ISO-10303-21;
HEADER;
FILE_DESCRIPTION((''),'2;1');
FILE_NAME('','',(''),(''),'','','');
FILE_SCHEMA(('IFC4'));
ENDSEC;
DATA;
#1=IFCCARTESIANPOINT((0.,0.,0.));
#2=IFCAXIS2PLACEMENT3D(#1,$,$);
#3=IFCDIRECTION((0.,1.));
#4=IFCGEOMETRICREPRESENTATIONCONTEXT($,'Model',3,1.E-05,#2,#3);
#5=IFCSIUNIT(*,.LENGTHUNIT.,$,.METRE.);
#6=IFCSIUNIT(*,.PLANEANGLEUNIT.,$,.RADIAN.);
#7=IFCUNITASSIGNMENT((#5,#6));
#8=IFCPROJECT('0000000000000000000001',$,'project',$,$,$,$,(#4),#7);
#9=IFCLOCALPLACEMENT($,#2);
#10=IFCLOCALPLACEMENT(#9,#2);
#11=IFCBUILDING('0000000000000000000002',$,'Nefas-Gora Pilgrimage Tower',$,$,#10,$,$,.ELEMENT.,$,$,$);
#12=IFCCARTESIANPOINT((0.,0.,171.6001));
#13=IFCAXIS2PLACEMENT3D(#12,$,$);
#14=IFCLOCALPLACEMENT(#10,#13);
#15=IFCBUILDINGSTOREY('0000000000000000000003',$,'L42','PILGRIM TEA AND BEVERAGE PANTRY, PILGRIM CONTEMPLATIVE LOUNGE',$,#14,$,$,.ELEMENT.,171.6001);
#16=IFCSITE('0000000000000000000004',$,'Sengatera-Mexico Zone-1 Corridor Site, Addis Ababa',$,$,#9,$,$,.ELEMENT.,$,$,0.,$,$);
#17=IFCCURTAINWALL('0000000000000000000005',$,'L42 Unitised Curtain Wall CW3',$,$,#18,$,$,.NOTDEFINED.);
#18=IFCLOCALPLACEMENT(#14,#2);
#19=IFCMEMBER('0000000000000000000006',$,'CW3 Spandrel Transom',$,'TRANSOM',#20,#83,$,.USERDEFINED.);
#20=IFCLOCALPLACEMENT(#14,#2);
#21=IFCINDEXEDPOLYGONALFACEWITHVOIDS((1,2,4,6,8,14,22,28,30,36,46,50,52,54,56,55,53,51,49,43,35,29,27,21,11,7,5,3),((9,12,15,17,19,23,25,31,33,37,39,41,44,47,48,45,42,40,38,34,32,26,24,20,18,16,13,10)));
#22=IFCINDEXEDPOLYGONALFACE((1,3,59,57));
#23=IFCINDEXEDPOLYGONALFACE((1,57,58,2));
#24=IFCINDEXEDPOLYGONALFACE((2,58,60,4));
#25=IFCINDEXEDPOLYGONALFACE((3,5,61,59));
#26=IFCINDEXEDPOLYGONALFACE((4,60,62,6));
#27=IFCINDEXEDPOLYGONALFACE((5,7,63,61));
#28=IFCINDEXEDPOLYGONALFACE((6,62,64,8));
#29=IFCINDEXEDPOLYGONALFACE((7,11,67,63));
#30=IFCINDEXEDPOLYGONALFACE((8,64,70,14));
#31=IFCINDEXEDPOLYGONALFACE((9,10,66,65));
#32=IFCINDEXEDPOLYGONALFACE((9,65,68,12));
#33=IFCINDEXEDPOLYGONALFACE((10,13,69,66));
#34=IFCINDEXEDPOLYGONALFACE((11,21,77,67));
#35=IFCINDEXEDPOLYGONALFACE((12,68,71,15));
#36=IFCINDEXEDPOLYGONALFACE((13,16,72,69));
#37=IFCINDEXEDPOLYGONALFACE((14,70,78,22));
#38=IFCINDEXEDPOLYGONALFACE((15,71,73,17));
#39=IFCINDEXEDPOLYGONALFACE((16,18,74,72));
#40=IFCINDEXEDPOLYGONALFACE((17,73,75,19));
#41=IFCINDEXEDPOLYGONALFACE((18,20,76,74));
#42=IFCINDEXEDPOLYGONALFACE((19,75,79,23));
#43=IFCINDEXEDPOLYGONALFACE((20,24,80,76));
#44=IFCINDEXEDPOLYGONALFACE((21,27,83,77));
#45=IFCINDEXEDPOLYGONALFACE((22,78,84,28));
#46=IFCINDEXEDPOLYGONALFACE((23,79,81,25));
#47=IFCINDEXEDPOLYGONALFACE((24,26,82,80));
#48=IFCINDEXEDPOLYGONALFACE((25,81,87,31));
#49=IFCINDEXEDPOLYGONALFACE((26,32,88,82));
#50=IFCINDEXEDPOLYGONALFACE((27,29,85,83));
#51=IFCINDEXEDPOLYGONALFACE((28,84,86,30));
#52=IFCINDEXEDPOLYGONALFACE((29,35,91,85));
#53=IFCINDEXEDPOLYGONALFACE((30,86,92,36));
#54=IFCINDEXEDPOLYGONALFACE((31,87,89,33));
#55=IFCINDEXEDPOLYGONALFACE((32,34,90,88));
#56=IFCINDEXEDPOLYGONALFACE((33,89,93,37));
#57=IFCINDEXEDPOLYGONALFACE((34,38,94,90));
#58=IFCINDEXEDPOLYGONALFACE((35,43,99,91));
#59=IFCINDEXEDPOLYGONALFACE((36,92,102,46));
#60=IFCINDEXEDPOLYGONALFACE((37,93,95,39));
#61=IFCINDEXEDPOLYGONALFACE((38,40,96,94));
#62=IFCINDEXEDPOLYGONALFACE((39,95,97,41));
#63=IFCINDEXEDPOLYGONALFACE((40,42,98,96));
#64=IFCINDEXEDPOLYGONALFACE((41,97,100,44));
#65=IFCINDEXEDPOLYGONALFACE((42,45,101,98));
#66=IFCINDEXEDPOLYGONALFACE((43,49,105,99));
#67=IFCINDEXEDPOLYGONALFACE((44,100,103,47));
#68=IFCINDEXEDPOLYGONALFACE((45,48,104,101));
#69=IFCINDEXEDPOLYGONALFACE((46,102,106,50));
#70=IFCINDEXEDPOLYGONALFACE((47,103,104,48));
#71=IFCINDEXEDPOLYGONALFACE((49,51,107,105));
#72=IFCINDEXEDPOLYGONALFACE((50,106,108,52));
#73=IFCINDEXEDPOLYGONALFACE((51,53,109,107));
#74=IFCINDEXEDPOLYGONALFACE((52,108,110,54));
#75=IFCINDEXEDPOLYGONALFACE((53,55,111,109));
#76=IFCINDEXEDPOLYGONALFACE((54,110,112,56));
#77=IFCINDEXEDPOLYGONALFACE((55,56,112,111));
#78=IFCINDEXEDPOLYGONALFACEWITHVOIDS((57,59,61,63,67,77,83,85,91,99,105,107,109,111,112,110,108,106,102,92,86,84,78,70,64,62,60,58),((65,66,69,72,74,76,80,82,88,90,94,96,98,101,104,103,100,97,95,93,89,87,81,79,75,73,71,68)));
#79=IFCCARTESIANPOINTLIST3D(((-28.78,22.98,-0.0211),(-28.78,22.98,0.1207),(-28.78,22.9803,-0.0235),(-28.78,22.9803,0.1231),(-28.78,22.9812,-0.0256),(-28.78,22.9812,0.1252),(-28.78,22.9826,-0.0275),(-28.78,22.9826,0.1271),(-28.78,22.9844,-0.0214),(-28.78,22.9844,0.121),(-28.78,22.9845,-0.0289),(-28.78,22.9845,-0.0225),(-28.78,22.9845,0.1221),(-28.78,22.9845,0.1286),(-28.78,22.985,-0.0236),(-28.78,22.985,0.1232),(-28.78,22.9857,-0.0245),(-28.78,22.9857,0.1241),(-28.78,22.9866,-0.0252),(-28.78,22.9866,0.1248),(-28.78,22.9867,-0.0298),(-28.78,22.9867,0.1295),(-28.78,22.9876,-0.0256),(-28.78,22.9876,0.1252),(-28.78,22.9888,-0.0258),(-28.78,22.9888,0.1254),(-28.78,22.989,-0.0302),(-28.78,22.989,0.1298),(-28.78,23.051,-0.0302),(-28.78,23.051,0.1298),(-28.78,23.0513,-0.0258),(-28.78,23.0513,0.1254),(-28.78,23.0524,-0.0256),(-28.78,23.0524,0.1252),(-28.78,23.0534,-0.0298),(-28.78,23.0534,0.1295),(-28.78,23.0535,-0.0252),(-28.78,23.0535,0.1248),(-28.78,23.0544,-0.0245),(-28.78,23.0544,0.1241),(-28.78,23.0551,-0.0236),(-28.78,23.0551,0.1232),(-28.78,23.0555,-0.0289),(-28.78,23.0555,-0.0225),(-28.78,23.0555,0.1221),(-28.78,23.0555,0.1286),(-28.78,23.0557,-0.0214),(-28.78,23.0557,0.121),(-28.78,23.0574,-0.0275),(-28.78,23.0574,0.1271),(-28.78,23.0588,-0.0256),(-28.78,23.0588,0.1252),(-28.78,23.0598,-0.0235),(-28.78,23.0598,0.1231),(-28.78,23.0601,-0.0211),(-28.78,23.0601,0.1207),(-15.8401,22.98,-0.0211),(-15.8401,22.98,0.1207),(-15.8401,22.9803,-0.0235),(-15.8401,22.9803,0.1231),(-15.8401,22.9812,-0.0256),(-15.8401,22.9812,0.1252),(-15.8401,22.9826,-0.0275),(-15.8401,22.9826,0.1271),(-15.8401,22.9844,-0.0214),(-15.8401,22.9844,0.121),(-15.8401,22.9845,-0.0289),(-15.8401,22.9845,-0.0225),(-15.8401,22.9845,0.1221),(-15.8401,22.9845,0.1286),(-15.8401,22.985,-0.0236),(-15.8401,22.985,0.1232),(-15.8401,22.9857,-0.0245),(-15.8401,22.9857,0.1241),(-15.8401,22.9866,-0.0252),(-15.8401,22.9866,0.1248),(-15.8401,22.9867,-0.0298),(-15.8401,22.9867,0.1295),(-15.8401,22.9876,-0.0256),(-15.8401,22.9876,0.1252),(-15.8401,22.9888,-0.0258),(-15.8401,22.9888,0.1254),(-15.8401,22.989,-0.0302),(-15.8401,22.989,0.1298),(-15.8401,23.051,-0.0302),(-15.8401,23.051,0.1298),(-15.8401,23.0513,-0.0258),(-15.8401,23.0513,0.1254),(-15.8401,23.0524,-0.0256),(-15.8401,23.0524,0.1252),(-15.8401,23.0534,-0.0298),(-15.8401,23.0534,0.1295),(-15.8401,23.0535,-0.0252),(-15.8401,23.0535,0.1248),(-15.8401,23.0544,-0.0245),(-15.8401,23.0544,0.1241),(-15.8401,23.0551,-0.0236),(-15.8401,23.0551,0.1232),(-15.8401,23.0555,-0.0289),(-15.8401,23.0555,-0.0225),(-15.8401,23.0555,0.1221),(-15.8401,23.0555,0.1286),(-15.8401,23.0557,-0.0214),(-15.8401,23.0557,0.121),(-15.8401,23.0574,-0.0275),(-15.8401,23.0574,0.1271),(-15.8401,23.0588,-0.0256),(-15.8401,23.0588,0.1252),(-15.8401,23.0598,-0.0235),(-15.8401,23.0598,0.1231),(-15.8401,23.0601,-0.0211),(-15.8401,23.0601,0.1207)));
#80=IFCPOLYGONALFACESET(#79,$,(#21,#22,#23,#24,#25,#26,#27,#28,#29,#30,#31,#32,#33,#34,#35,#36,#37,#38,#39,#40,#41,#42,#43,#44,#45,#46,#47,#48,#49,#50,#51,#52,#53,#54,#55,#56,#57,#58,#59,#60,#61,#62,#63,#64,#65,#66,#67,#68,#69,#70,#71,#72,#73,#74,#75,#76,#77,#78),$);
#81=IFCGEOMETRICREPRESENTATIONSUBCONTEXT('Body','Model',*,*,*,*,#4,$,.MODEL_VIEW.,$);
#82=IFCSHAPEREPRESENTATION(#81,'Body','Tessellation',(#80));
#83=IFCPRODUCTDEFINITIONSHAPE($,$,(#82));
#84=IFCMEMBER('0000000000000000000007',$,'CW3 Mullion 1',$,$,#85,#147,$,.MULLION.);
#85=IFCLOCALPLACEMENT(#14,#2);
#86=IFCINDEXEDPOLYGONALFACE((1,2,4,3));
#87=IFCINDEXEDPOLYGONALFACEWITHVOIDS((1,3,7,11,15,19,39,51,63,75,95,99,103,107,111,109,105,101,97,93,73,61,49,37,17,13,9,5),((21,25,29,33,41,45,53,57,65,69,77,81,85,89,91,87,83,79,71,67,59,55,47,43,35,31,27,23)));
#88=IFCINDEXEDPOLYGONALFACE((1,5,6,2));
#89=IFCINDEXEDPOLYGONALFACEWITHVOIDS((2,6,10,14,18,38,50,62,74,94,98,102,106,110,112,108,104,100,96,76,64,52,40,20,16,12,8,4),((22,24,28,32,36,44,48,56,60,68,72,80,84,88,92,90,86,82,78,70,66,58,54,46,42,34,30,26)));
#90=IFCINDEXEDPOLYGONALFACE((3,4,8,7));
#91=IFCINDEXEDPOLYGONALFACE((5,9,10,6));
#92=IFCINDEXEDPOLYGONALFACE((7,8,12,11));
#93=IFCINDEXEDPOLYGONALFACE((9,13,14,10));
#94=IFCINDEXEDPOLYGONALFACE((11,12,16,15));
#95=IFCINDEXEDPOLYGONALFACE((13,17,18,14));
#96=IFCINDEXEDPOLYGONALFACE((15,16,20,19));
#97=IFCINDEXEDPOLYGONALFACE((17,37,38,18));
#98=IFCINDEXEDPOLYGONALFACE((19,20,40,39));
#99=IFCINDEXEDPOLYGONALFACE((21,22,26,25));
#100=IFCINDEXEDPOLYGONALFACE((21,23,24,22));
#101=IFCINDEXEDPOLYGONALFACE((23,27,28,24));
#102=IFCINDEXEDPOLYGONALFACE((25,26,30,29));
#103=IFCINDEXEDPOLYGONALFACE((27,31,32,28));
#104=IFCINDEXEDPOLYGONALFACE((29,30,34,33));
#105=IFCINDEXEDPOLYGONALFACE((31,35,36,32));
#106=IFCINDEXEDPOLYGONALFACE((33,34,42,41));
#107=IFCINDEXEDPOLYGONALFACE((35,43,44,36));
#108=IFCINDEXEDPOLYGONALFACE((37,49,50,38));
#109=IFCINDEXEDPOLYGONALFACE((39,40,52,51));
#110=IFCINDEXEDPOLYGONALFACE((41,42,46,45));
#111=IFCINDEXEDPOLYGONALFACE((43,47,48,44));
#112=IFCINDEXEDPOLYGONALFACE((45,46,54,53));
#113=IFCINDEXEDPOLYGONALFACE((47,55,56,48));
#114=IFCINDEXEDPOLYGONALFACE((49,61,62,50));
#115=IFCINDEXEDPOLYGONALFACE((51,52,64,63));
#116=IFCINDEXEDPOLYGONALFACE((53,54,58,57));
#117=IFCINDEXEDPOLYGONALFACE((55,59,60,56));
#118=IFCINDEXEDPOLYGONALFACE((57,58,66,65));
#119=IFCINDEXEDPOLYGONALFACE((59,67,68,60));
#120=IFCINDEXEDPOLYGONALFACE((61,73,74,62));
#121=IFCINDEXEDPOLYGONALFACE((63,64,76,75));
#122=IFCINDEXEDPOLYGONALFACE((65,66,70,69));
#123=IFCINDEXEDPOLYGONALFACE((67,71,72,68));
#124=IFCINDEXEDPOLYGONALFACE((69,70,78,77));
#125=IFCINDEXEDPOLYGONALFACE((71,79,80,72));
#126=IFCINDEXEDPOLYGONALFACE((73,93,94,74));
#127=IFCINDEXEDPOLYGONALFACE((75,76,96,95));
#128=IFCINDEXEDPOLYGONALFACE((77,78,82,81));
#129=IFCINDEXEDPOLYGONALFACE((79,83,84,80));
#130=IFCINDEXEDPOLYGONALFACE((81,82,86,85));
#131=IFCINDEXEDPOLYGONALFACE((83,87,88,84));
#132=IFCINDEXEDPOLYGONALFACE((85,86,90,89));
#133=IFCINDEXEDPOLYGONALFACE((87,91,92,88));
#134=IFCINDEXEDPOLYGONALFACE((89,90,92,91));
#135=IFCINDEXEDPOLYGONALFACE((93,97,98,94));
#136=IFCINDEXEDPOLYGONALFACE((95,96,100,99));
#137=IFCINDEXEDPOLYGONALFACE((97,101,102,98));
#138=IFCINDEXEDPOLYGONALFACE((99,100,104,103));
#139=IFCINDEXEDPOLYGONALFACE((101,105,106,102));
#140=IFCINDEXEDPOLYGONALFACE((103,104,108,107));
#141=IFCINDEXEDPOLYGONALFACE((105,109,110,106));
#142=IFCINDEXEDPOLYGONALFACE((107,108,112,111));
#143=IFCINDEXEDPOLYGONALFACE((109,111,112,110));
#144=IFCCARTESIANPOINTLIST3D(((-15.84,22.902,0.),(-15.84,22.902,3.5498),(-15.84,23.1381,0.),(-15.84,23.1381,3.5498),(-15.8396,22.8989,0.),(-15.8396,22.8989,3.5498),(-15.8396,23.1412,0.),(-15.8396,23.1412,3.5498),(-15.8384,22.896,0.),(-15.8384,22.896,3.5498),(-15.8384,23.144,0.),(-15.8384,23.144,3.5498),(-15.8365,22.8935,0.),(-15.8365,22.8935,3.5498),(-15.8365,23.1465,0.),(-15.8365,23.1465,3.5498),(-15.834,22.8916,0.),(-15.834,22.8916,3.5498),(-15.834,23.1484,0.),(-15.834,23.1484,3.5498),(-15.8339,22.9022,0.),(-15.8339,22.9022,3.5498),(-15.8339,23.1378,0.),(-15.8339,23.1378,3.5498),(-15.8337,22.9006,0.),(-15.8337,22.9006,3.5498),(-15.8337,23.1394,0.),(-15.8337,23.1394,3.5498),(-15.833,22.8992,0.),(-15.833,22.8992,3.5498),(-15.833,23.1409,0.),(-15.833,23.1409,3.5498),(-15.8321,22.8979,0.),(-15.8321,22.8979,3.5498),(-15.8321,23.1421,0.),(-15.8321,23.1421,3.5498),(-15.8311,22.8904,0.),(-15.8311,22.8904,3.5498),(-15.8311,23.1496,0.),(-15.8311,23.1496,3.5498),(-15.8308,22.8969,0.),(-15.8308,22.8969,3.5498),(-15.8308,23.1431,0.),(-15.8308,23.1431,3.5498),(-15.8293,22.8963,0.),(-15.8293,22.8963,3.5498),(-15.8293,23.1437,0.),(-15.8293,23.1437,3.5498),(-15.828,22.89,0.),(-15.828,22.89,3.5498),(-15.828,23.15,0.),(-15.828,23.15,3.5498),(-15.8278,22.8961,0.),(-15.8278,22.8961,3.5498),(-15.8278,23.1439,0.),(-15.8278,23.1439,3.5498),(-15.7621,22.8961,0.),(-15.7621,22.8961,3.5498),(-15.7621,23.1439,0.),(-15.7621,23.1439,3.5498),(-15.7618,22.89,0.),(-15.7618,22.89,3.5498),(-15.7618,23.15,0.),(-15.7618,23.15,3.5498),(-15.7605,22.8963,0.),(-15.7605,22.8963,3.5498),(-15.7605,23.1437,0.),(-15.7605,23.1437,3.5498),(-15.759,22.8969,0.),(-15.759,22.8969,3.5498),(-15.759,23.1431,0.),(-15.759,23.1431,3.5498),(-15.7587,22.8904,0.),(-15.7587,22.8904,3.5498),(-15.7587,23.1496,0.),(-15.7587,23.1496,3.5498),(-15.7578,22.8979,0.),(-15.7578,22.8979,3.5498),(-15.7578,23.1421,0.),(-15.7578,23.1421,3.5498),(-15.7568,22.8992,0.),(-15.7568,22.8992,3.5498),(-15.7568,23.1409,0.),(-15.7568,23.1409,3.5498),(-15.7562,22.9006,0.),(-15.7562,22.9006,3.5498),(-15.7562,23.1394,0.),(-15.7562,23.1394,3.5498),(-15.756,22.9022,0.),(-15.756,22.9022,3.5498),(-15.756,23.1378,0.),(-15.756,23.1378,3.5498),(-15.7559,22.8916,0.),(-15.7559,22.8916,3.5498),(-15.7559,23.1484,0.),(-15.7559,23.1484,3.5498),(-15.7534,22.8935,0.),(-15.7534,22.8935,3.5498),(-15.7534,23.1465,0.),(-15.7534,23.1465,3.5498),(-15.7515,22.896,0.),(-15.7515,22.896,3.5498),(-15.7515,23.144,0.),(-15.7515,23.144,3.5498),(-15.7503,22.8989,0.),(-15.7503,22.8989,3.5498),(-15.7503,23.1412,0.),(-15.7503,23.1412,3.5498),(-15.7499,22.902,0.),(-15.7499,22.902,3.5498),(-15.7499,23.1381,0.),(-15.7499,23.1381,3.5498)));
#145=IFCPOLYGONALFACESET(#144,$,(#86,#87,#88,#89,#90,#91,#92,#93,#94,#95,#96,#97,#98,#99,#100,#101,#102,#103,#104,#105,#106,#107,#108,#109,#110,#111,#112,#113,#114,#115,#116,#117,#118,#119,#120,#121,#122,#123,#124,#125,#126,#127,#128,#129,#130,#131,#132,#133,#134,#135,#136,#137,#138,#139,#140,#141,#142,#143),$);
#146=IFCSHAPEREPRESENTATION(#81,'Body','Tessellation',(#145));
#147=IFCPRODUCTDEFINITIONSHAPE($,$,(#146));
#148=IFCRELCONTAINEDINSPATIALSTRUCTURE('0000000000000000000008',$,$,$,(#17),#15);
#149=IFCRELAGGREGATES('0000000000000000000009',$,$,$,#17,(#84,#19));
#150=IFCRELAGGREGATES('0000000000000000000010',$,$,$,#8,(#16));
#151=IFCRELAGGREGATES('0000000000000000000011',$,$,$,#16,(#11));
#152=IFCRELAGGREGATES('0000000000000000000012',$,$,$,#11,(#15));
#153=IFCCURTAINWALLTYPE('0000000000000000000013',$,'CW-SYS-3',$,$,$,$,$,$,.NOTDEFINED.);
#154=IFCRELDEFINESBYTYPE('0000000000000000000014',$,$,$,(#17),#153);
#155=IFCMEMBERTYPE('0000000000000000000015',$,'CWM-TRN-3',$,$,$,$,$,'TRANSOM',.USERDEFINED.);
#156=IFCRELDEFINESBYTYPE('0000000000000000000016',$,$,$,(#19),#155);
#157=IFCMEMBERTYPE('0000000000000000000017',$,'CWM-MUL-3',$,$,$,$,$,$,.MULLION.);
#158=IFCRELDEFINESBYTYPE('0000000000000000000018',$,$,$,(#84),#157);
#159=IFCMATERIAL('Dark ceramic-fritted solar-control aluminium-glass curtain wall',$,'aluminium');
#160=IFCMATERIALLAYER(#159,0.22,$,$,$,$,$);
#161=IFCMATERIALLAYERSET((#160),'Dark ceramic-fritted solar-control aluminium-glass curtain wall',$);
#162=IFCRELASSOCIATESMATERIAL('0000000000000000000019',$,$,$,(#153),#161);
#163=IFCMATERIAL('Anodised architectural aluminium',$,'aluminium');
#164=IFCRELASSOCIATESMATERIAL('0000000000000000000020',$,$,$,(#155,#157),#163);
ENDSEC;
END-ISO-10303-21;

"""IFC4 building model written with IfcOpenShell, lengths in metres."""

from ifc_helpers import new_model, si_unit, direction, frame, origin, origin_2d, place, context, subcontext, project, spatial, hollow_rectangle, extrude, source, transform, mapped, material, layer, layer_set, material_profile, profile_set, type_object, element, aggregate, save


model = new_model("IFC4")

# Units and contexts
model_context = context("Model", 3, precision=1e-05, world=origin(), true_north=direction((0.0, 1.0)))
body_context = subcontext(model_context, "Body", "Model", "MODEL_VIEW")
ifc_project = project(units=[si_unit("LENGTHUNIT", "METRE"), si_unit("PLANEANGLEUNIT", "RADIAN")], contexts=[model_context])

# Site, building, storey
site_placement = place(None, origin())
site = spatial("IfcSite", under=ifc_project, at=site_placement, Name="Sengatera-Mexico Zone-1 Corridor Site, Addis Ababa", CompositionType="ELEMENT", RefElevation=0.0)
building_placement = place(site_placement, origin())
building = spatial("IfcBuilding", under=site, at=building_placement, Name="Nefas-Gora Pilgrimage Tower", CompositionType="ELEMENT")
storey_placement = place(building_placement, frame((0.0, 0.0, 171.6001)))
storey = spatial("IfcBuildingStorey", under=building, at=storey_placement, Name="L42", Description="PILGRIM TEA AND BEVERAGE PANTRY, PILGRIM CONTEMPLATIVE LOUNGE", CompositionType="ELEMENT", Elevation=171.6001)

# Shared definitions
ifc_material_1 = material(Name="Dark ceramic-fritted solar-control aluminium-glass curtain wall", Category="aluminium")
ifc_material_2 = material(Name="Anodised architectural aluminium", Category="aluminium")
ifc_layer_1 = layer(ifc_material_1, 0.22)
ifc_layer_set_1 = layer_set([ifc_layer_1], Name="Dark ceramic-fritted solar-control aluminium-glass curtain wall")
curtain_wall_type_1 = type_object("IfcCurtainWallType", Name="CW-SYS-3", PredefinedType="NOTDEFINED", material=ifc_layer_set_1)
ifc_material_profile_1 = material_profile(ifc_material_2, hollow_rectangle(XDim=0.0801, YDim=0.1599, WallThickness=0.0044, InnerFilletRadius=0.0044, OuterFilletRadius=0.009, at=origin_2d()), Name="ALU TRANSOM 80x160")
ifc_profile_set_1 = profile_set([ifc_material_profile_1], Name="Anodised architectural aluminium")
member_type_1 = type_object("IfcMemberType", Name="CWM-TRN-3", ElementType="TRANSOM", PredefinedType="USERDEFINED", material=ifc_profile_set_1)

# Curtain wall, members
curtain_wall_1_placement = place(storey_placement, origin())
curtain_wall_1 = element("IfcCurtainWall", 1, at=curtain_wall_1_placement, inside=storey, type_object=curtain_wall_type_1, Name="L42 Unitised Curtain Wall CW3", PredefinedType="NOTDEFINED")
shared_shape_1 = source(origin(), body_context, "Body", "SweptSolid", [
    extrude(hollow_rectangle(XDim=0.0801, YDim=0.1599, WallThickness=0.0044, InnerFilletRadius=0.0044, OuterFilletRadius=0.009, at=origin_2d()), origin(), (0.0, 0.0, 1.0), 12.9399),
])
member_1_placement = place(storey_placement, frame((-15.8401, 23.02, 0.0498), z_axis=(-1.0, 0.0, 0.0), x_axis=(0.0, -1.0, 0.0)))
member_1 = element("IfcMember", 2, at=member_1_placement, type_object=member_type_1, Name="CW3 Spandrel Transom", ObjectType="TRANSOM", PredefinedType="USERDEFINED", context=body_context, shape_type="MappedRepresentation", body=[
    mapped(shared_shape_1, transform((0.0, 0.0, 0.0), x_axis=(1.0, 0.0, 0.0), y_axis=(0.0, 1.0, 0.0), z_axis=(0.0, 0.0, 1.0), scale=1.0)),
])
ifc_material_profile_2 = material_profile(ifc_material_2, hollow_rectangle(XDim=0.0901, YDim=0.26, WallThickness=0.0061, InnerFilletRadius=0.0061, OuterFilletRadius=0.012, at=origin_2d()), Name="ALU MULLION 90x260")
ifc_profile_set_2 = profile_set([ifc_material_profile_2], Name="Anodised architectural aluminium")
member_type_2 = type_object("IfcMemberType", Name="CWM-MUL-3", PredefinedType="MULLION", material=ifc_profile_set_2)
shared_shape_2 = source(origin(), body_context, "Body", "SweptSolid", [
    extrude(hollow_rectangle(XDim=0.0901, YDim=0.26, WallThickness=0.0061, InnerFilletRadius=0.0061, OuterFilletRadius=0.012, at=origin_2d()), origin(), (0.0, 0.0, 1.0), 3.5498),
])
member_2_placement = place(storey_placement, frame((-15.7949, 23.02, 0.0), z_axis=(0.0, 0.0, 1.0), x_axis=(-1.0, 0.0, 0.0)))
member_2 = element("IfcMember", 3, at=member_2_placement, type_object=member_type_2, Name="CW3 Mullion 1", PredefinedType="MULLION", context=body_context, shape_type="MappedRepresentation", body=[
    mapped(shared_shape_2, transform((0.0, 0.0, 0.0), x_axis=(1.0, 0.0, 0.0), y_axis=(0.0, 1.0, 0.0), z_axis=(0.0, 0.0, 1.0), scale=1.0)),
])

aggregate(curtain_wall_1, [member_2, member_1])

save(model, "model.ifc")
